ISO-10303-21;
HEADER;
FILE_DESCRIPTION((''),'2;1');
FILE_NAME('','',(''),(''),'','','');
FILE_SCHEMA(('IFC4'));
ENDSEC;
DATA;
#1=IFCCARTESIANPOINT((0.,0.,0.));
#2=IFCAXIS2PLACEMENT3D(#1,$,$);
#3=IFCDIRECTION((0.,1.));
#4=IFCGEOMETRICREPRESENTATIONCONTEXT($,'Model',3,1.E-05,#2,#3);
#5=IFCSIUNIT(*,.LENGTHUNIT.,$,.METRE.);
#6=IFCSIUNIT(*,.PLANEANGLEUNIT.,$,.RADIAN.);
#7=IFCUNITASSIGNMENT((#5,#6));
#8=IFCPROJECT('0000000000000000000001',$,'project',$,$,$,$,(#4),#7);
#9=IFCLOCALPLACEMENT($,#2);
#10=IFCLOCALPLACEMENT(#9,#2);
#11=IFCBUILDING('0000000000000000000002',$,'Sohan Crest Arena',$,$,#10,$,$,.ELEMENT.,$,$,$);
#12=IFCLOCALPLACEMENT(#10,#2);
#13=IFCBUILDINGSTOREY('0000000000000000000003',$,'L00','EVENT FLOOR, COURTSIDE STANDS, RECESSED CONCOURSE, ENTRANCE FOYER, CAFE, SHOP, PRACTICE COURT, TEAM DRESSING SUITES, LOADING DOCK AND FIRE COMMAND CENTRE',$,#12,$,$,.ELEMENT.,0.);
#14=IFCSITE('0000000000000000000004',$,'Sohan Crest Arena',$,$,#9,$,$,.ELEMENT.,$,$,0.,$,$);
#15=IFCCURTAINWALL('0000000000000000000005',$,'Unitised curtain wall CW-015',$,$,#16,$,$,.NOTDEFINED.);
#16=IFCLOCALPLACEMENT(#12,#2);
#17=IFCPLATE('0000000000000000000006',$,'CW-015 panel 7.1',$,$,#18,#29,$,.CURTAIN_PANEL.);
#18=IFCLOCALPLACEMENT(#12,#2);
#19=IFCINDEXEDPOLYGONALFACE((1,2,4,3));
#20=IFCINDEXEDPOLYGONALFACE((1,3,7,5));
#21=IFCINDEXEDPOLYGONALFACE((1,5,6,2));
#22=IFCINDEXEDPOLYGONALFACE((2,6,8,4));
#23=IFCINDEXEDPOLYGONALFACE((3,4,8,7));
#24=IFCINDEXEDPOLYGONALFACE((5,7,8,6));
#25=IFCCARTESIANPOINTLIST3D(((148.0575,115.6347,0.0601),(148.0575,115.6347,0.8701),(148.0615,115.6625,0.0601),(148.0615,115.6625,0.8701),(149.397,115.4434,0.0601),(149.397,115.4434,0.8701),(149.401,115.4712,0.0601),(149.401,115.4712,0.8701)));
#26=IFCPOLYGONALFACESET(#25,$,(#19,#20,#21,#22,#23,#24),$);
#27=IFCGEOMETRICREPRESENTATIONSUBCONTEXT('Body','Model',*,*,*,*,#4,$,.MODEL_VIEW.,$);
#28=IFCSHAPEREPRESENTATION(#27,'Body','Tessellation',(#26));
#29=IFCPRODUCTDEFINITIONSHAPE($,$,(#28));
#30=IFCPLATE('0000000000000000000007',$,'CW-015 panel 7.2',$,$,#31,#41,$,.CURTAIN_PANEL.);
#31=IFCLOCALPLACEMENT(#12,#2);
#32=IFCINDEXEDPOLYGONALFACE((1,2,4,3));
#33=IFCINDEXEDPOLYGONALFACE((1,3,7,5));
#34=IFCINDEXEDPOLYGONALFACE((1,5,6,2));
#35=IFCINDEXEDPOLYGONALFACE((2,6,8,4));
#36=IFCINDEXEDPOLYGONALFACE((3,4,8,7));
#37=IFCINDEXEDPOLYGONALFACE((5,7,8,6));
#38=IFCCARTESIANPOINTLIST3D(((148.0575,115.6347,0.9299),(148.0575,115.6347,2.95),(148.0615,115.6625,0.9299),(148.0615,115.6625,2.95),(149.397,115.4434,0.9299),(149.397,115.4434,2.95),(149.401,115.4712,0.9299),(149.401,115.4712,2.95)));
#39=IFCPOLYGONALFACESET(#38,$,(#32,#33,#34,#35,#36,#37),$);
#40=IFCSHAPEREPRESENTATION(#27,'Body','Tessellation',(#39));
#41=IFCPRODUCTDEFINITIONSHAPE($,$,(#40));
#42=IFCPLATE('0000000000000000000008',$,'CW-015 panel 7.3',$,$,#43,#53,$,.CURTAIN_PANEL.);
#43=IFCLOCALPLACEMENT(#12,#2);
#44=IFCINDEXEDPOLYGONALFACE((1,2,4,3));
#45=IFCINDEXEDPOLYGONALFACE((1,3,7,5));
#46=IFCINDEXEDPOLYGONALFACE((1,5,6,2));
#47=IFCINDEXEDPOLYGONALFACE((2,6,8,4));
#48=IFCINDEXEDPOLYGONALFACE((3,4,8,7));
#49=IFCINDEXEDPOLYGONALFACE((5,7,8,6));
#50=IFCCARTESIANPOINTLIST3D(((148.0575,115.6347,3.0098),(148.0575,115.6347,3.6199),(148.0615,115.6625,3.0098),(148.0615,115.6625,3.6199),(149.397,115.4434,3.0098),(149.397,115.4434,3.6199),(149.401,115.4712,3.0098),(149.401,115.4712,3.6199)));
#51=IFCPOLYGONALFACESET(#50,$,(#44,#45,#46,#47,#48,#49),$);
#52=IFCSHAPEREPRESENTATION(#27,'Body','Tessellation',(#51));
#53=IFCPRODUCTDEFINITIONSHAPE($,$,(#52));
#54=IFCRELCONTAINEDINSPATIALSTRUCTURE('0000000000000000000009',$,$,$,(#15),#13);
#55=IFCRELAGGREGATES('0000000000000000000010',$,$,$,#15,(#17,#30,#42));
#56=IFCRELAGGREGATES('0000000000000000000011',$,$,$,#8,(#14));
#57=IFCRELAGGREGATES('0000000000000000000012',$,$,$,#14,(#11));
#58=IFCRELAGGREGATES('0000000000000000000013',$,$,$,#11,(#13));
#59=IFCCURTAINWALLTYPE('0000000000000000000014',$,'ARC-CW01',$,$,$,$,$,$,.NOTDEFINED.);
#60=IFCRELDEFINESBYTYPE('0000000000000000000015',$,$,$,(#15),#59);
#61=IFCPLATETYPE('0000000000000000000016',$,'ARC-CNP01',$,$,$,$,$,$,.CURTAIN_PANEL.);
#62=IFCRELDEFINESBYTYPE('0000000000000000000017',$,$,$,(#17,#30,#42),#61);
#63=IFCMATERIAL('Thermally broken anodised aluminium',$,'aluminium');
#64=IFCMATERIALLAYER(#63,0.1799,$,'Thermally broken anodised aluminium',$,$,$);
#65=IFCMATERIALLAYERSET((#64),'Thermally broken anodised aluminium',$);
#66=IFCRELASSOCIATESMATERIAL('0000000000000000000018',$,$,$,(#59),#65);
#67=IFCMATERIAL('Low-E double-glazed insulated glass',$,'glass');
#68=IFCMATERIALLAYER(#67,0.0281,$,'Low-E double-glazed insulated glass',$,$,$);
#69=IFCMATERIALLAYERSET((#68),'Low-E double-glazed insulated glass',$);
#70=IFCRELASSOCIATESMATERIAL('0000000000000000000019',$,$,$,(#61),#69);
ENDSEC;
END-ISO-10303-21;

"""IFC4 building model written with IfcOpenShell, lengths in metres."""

from ifc_helpers import new_model, si_unit, direction, frame, origin, origin_2d, place, context, subcontext, project, spatial, rectangle, extrude, material, layer, layer_set, type_object, element, aggregate, save


model = new_model("IFC4")

# Units and contexts
model_context = context("Model", 3, precision=1e-05, world=origin(), true_north=direction((0.0, 1.0)))
body_context = subcontext(model_context, "Body", "Model", "MODEL_VIEW")
ifc_project = project(units=[si_unit("LENGTHUNIT", "METRE"), si_unit("PLANEANGLEUNIT", "RADIAN")], contexts=[model_context])

# Site, building, storey
site_placement = place(None, origin())
site = spatial("IfcSite", under=ifc_project, at=site_placement, Name="Sohan Crest Arena", CompositionType="ELEMENT", RefElevation=0.0)
building_placement = place(site_placement, origin())
building = spatial("IfcBuilding", under=site, at=building_placement, Name="Sohan Crest Arena", CompositionType="ELEMENT")
storey_placement = place(building_placement, origin())
storey = spatial("IfcBuildingStorey", under=building, at=storey_placement, Name="L00", Description="EVENT FLOOR, COURTSIDE STANDS, RECESSED CONCOURSE, ENTRANCE FOYER, CAFE, SHOP, PRACTICE COURT, TEAM DRESSING SUITES, LOADING DOCK AND FIRE COMMAND CENTRE", CompositionType="ELEMENT", Elevation=0.0)

# Curtain wall
ifc_material_1 = material(Name="Thermally broken anodised aluminium", Category="aluminium")
ifc_layer_1 = layer(ifc_material_1, 0.1799, Name="Thermally broken anodised aluminium")
ifc_layer_set_1 = layer_set([ifc_layer_1], Name="Thermally broken anodised aluminium")
curtain_wall_type = type_object("IfcCurtainWallType", Name="ARC-CW01", PredefinedType="NOTDEFINED", material=ifc_layer_set_1)
curtain_wall_placement = place(storey_placement, origin())
curtain_wall = element("IfcCurtainWall", 1, at=curtain_wall_placement, inside=storey, type_object=curtain_wall_type, Name="Unitised curtain wall CW-015", PredefinedType="NOTDEFINED")

# Plates
ifc_material_2 = material(Name="Low-E double-glazed insulated glass", Category="glass")
ifc_layer_2 = layer(ifc_material_2, 0.0281, Name="Low-E double-glazed insulated glass")
ifc_layer_set_2 = layer_set([ifc_layer_2], Name="Low-E double-glazed insulated glass")
plate_type = type_object("IfcPlateType", Name="ARC-CNP01", PredefinedType="CURTAIN_PANEL", material=ifc_layer_set_2)
plate_1_placement = place(storey_placement, frame((148.7292, 115.553, 0.0601), z_axis=(0.0, 0.0, 1.0), x_axis=(-0.989957, 0.141366, 0.0)))
plate_1 = element("IfcPlate", 2, at=plate_1_placement, type_object=plate_type, Name="CW-015 panel 7.1", PredefinedType="CURTAIN_PANEL", context=body_context, shape_type="SweptSolid", body=[
    extrude(rectangle(XDim=1.353, YDim=0.0281, at=origin_2d()), origin(), (0.0, 0.0, 1.0), 0.8101),
])
plate_2_placement = place(storey_placement, frame((148.7292, 115.553, 0.9299), z_axis=(0.0, 0.0, 1.0), x_axis=(-0.989957, 0.141366, 0.0)))
plate_2 = element("IfcPlate", 3, at=plate_2_placement, type_object=plate_type, Name="CW-015 panel 7.2", PredefinedType="CURTAIN_PANEL", context=body_context, shape_type="SweptSolid", body=[
    extrude(rectangle(XDim=1.353, YDim=0.0281, at=origin_2d()), origin(), (0.0, 0.0, 1.0), 2.02),
])
plate_3_placement = place(storey_placement, frame((148.7292, 115.553, 3.0098), z_axis=(0.0, 0.0, 1.0), x_axis=(-0.989957, 0.141366, 0.0)))
plate_3 = element("IfcPlate", 4, at=plate_3_placement, type_object=plate_type, Name="CW-015 panel 7.3", PredefinedType="CURTAIN_PANEL", context=body_context, shape_type="SweptSolid", body=[
    extrude(rectangle(XDim=1.353, YDim=0.0281, at=origin_2d()), origin(), (0.0, 0.0, 1.0), 0.6101),
])
aggregate(curtain_wall, [plate_1, plate_2, plate_3])

save(model, "model.ifc")
